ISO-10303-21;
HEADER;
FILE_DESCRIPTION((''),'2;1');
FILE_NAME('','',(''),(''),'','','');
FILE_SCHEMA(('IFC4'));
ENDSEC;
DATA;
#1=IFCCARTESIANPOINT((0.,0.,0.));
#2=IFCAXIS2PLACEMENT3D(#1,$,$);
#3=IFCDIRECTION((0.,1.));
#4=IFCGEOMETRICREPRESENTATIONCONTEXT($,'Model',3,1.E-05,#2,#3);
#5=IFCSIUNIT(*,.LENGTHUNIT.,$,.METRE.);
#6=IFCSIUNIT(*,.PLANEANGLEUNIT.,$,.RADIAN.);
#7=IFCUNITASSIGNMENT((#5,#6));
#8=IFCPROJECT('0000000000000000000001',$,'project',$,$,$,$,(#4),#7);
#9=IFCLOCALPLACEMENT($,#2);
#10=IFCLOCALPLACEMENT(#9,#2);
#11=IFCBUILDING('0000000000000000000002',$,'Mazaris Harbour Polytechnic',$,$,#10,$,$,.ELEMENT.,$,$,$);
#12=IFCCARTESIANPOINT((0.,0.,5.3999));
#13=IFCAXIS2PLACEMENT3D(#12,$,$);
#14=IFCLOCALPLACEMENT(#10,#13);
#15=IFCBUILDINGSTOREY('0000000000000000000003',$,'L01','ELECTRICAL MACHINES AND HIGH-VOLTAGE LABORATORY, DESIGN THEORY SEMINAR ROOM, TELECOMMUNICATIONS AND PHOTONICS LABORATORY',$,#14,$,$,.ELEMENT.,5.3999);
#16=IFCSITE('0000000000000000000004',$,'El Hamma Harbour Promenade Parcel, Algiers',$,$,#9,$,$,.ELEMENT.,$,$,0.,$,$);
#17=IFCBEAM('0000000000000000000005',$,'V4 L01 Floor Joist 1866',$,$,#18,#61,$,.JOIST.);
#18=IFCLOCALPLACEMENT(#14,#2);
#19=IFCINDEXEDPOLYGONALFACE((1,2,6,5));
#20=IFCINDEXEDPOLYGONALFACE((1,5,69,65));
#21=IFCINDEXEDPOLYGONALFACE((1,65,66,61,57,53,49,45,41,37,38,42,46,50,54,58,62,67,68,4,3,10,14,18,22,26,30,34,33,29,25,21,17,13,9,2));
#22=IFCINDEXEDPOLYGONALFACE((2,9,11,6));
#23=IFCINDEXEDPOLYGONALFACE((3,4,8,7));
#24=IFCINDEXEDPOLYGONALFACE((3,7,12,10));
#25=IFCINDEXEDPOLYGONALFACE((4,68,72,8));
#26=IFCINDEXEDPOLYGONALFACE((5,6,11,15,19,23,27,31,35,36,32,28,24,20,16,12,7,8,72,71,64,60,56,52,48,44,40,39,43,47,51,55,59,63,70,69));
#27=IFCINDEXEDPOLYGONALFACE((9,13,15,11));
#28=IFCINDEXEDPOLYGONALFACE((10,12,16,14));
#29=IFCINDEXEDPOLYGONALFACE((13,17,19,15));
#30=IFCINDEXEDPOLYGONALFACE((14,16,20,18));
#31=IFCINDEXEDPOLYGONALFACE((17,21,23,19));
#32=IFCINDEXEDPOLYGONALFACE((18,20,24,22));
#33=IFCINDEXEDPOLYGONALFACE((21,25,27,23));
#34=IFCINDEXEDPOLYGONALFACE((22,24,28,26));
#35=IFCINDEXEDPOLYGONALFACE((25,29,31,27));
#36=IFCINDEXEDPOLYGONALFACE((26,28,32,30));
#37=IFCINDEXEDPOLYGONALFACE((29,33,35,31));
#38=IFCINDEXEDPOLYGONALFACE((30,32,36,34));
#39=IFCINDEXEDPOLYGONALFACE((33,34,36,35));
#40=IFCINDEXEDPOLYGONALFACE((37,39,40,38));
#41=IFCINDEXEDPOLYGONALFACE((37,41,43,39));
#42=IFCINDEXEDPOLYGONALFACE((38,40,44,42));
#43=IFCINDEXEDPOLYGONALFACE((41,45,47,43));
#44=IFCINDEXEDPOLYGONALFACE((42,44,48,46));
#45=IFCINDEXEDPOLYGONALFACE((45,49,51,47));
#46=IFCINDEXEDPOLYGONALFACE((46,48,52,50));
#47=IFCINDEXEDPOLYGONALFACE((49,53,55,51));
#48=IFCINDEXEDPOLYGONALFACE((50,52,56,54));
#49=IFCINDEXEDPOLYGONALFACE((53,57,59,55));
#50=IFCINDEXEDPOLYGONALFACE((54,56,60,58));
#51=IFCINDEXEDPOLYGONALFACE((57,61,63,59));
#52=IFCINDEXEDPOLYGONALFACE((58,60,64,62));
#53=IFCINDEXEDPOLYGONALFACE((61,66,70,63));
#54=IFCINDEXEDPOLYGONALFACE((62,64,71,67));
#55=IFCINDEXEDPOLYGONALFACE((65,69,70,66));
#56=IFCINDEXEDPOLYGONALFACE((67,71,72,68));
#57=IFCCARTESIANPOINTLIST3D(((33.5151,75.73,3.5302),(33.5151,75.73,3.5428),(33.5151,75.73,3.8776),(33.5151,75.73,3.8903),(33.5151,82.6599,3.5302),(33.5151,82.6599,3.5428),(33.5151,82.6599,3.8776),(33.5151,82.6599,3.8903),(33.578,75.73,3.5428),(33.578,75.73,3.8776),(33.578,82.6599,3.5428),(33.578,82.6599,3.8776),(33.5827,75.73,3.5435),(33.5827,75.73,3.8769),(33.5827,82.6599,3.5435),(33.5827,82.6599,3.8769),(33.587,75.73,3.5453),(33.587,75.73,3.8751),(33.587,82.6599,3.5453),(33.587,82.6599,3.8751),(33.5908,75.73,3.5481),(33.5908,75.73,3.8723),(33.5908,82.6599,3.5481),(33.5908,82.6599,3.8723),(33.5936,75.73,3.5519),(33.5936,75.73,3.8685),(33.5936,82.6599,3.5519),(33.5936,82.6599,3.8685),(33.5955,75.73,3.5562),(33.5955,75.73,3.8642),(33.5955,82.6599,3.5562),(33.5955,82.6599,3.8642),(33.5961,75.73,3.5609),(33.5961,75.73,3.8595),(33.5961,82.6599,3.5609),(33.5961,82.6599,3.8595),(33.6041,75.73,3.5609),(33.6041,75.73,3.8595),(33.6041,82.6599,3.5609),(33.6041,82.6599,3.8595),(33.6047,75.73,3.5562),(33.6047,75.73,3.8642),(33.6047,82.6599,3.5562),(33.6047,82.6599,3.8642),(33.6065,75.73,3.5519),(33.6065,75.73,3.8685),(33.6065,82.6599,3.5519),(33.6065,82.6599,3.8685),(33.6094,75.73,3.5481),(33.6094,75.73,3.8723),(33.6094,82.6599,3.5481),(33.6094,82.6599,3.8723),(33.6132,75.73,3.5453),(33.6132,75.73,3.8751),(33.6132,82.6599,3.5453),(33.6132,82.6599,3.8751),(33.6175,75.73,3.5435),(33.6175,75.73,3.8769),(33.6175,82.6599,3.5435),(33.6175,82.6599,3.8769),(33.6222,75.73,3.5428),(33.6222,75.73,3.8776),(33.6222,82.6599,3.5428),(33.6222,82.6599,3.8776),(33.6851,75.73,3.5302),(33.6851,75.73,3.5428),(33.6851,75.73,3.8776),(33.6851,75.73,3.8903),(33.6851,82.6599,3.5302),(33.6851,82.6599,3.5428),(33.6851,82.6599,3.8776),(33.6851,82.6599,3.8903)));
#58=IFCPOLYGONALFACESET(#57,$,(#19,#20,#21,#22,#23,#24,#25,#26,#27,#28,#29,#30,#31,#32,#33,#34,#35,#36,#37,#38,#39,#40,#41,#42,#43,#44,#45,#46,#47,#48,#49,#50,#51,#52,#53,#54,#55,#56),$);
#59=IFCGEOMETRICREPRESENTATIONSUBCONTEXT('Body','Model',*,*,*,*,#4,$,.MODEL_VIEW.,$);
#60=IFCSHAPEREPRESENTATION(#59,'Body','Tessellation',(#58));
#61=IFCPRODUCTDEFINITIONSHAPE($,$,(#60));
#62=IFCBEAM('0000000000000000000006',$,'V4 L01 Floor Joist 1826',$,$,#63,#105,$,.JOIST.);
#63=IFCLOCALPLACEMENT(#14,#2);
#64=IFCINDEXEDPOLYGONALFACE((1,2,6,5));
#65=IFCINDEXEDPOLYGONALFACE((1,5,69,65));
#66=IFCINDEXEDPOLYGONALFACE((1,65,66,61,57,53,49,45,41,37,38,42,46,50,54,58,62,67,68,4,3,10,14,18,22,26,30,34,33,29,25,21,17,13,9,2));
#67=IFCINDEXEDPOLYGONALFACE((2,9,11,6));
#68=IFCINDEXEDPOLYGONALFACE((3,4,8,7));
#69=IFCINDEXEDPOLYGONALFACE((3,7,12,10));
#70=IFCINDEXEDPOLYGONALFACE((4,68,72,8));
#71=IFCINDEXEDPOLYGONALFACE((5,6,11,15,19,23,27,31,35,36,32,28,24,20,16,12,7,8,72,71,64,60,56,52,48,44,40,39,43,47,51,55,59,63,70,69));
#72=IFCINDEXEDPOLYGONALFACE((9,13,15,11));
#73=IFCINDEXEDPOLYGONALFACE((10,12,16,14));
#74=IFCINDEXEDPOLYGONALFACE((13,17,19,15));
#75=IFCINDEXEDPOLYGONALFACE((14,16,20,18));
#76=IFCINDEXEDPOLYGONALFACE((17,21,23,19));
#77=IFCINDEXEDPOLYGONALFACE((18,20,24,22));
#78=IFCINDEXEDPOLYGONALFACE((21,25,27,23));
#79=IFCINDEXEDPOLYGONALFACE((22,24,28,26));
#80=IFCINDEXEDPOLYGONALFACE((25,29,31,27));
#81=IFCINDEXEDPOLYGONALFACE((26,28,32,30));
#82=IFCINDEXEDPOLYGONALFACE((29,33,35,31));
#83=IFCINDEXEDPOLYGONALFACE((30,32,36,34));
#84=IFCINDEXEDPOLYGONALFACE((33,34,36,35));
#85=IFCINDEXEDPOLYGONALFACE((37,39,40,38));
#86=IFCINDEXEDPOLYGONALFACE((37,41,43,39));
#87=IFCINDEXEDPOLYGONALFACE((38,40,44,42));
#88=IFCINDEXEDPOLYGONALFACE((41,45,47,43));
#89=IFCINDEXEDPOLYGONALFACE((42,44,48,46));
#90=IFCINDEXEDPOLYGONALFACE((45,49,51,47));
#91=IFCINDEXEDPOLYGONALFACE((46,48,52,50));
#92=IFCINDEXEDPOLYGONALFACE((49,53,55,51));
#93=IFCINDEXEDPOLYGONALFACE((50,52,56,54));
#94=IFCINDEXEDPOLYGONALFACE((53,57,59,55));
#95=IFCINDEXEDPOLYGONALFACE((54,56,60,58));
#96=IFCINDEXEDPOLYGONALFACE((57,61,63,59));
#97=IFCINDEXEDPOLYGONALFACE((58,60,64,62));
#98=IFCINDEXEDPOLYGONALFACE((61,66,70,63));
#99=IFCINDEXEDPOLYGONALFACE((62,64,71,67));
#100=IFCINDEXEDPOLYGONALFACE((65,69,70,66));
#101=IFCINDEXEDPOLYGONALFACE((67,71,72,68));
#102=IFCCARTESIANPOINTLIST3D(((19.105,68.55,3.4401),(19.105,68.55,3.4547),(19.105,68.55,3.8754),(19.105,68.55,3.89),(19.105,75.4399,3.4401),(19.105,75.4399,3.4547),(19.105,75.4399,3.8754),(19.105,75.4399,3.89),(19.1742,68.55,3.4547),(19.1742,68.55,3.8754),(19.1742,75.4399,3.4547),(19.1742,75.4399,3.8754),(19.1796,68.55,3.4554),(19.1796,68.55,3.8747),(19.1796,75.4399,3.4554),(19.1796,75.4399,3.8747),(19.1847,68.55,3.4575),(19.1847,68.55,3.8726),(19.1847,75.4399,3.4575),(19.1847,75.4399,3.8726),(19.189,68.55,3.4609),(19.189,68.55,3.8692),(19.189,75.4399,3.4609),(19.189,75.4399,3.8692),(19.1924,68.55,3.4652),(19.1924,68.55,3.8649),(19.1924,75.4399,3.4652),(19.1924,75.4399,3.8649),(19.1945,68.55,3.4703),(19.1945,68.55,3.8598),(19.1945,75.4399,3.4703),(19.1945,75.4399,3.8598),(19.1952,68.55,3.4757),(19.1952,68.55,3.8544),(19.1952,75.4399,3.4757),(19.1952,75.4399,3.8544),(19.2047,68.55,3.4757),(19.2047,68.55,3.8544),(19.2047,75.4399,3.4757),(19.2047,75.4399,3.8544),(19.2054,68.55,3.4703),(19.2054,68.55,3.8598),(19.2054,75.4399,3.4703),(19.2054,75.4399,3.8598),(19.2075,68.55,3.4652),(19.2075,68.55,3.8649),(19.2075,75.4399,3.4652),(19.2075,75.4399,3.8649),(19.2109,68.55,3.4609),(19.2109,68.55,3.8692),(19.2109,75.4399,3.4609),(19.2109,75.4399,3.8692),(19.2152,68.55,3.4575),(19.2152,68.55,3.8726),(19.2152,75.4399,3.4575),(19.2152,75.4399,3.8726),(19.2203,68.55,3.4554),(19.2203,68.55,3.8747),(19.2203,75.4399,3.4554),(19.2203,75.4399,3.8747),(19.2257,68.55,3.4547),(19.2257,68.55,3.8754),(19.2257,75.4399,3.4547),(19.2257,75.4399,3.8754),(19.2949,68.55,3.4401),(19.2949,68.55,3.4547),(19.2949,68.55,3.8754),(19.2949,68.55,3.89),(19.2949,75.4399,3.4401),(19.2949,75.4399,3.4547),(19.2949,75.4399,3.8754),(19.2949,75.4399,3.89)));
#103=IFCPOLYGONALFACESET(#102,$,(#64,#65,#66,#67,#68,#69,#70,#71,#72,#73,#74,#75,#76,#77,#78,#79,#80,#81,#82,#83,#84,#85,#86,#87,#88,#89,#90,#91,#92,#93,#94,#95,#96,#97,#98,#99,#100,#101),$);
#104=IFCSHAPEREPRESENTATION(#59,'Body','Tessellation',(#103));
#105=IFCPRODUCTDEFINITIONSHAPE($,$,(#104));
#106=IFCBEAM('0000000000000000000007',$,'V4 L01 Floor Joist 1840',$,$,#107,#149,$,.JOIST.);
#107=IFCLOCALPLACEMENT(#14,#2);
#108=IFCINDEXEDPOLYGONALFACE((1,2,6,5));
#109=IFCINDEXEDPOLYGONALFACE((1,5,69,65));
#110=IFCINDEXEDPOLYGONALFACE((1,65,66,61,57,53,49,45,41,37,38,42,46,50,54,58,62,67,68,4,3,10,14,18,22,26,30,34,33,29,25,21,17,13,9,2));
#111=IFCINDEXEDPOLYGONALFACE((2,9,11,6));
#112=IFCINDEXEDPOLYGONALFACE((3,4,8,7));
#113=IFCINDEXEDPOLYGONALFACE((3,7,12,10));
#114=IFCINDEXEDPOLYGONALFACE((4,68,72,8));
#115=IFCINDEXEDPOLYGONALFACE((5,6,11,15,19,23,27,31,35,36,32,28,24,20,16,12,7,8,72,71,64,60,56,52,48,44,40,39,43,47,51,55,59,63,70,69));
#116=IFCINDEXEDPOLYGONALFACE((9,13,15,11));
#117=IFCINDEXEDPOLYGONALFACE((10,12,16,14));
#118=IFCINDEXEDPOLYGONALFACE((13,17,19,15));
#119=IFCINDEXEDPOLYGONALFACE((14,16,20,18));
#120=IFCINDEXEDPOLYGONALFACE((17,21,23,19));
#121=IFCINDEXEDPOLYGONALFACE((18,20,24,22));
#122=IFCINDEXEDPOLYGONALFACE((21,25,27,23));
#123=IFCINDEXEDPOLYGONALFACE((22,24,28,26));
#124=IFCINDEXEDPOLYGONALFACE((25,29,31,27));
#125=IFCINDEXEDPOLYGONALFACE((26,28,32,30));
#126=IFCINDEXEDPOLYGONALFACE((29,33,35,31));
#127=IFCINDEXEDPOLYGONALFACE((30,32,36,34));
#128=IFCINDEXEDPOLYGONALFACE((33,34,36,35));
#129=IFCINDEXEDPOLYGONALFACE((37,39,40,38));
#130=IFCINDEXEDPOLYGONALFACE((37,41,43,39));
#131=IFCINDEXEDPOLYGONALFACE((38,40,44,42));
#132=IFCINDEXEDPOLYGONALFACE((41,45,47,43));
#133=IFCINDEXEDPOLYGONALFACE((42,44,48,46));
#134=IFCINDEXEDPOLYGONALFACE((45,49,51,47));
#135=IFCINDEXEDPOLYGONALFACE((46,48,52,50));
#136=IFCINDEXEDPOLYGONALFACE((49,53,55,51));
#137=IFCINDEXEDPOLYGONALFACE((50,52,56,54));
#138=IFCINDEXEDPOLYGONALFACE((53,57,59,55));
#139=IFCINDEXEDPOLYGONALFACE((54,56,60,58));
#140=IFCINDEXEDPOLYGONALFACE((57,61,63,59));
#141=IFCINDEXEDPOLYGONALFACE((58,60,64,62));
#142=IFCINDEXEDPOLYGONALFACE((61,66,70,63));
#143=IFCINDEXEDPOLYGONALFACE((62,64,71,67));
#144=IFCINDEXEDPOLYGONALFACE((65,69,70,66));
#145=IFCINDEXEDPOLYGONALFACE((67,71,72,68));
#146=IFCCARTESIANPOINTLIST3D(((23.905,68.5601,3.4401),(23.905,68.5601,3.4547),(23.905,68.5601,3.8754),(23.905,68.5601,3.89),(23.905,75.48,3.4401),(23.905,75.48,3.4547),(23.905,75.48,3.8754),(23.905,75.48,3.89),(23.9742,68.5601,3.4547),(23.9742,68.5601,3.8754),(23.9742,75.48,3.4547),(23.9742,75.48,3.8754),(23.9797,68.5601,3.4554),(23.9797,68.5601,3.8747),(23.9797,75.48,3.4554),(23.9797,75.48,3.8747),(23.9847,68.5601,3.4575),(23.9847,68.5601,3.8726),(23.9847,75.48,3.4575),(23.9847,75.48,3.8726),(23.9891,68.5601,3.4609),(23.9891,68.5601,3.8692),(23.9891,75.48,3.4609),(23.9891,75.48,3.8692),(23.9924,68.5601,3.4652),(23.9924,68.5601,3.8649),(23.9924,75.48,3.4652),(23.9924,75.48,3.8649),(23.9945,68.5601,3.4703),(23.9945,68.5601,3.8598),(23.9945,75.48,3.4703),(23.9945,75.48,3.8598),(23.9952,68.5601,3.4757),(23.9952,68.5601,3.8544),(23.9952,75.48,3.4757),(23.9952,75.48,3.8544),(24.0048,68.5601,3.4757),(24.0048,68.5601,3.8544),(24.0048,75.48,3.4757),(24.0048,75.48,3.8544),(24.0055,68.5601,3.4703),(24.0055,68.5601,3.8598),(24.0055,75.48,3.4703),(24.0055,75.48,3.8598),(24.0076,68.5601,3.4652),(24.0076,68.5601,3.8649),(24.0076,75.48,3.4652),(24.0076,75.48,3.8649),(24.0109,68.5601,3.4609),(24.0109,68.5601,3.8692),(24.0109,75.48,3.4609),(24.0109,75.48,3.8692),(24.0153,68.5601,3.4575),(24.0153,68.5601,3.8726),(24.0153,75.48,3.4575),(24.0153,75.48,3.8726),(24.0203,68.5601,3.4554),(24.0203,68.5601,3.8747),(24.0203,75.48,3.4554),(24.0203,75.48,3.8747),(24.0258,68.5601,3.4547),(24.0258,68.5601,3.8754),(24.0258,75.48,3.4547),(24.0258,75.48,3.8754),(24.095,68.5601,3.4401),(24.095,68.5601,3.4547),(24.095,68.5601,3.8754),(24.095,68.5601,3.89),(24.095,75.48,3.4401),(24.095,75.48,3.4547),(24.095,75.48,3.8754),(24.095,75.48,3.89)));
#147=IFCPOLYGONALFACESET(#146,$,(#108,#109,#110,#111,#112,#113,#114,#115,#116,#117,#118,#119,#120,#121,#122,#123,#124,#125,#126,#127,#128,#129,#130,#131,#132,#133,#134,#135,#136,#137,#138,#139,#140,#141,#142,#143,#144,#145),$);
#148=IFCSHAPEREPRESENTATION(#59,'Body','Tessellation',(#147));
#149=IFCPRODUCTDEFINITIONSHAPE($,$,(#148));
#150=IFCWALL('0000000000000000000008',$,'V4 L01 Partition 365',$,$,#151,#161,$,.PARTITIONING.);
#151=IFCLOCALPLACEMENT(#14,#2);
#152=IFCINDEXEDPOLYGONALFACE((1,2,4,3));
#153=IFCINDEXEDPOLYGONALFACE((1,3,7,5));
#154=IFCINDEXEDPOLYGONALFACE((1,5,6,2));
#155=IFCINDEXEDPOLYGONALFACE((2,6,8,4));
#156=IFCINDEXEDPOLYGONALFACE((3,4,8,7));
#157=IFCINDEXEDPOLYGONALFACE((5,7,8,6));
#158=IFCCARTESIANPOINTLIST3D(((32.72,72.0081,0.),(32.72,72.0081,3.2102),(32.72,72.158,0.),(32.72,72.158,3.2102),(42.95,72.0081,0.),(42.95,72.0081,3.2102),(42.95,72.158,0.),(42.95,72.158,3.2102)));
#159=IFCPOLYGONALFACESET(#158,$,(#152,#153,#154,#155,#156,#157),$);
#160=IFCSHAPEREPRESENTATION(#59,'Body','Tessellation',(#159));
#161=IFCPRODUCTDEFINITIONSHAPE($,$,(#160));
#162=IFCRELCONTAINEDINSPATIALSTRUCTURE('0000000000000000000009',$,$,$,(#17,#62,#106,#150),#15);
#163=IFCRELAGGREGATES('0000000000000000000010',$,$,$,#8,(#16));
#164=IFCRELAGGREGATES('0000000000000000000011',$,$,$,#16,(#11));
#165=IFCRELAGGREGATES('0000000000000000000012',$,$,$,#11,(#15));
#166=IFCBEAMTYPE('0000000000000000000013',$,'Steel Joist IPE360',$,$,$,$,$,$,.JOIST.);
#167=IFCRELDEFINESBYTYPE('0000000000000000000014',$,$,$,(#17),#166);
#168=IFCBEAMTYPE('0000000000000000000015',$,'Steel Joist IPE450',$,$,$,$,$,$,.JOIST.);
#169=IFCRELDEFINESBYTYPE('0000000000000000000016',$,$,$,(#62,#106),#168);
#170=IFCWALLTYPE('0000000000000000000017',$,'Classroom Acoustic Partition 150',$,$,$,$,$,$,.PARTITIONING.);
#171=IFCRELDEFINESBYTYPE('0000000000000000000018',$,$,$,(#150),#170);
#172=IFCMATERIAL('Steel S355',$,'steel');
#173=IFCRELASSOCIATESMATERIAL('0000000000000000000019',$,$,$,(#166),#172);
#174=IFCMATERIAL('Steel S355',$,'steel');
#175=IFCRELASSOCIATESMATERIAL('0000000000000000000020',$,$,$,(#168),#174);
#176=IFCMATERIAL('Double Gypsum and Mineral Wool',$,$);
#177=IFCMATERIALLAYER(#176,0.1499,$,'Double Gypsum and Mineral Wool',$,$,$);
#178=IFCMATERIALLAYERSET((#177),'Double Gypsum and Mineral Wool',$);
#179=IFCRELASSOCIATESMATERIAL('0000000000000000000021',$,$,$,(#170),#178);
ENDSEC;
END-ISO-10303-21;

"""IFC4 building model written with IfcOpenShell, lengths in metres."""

from ifc_helpers import new_model, si_unit, direction, frame, frame_2d, origin, origin_2d, place, context, subcontext, project, spatial, rectangle, i_section, extrude, material, layer, layer_set, material_profile, profile_set, type_object, element, save


model = new_model("IFC4")

# Units and contexts
model_context = context("Model", 3, precision=1e-05, world=origin(), true_north=direction((0.0, 1.0)))
body_context = subcontext(model_context, "Body", "Model", "MODEL_VIEW")
ifc_project = project(units=[si_unit("LENGTHUNIT", "METRE"), si_unit("PLANEANGLEUNIT", "RADIAN")], contexts=[model_context])

# Site, building, storey
site_placement = place(None, origin())
site = spatial("IfcSite", under=ifc_project, at=site_placement, Name="El Hamma Harbour Promenade Parcel, Algiers", CompositionType="ELEMENT", RefElevation=0.0)
building_placement = place(site_placement, origin())
building = spatial("IfcBuilding", under=site, at=building_placement, Name="Mazaris Harbour Polytechnic", CompositionType="ELEMENT")
storey_placement = place(building_placement, frame((0.0, 0.0, 5.3999)))
storey = spatial("IfcBuildingStorey", under=building, at=storey_placement, Name="L01", Description="ELECTRICAL MACHINES AND HIGH-VOLTAGE LABORATORY, DESIGN THEORY SEMINAR ROOM, TELECOMMUNICATIONS AND PHOTONICS LABORATORY", CompositionType="ELEMENT", Elevation=5.3999)

# Beams
ifc_material_1 = material(Name="Steel S355", Category="steel")
ifc_material_profile_1 = material_profile(ifc_material_1, i_section(OverallWidth=0.1699, OverallDepth=0.3601, WebThickness=0.0081, FlangeThickness=0.0127, FilletRadius=0.0181, at=origin_2d()), Name="IPE 360")
ifc_profile_set_1 = profile_set([ifc_material_profile_1], Name="Steel S355")
beam_type_1 = type_object("IfcBeamType", Name="Steel Joist IPE360", PredefinedType="JOIST", material=ifc_profile_set_1)
beam_1_placement = place(storey_placement, frame((33.6001, 75.73, 3.7102), z_axis=(0.0, 1.0, 0.0), x_axis=(-1.0, 0.0, 0.0)))
element("IfcBeam", 1, at=beam_1_placement, inside=storey, type_object=beam_type_1, Name="V4 L01 Floor Joist 1866", PredefinedType="JOIST", context=body_context, shape_type="SweptSolid", body=[
    extrude(i_section(OverallWidth=0.1699, OverallDepth=0.3601, WebThickness=0.0081, FlangeThickness=0.0127, FilletRadius=0.0181, at=origin_2d()), origin(), (0.0, 0.0, 1.0), 6.9299),
])
ifc_material_2 = material(Name="Steel S355", Category="steel")
ifc_material_profile_2 = material_profile(ifc_material_2, i_section(OverallWidth=0.1899, OverallDepth=0.45, WebThickness=0.0095, FlangeThickness=0.0146, FilletRadius=0.021, at=origin_2d()), Name="IPE 450")
ifc_profile_set_2 = profile_set([ifc_material_profile_2], Name="Steel S355")
beam_type_2 = type_object("IfcBeamType", Name="Steel Joist IPE450", PredefinedType="JOIST", material=ifc_profile_set_2)
beam_2_placement = place(storey_placement, frame((19.2, 68.55, 3.665), z_axis=(0.0, 1.0, 0.0), x_axis=(-1.0, 0.0, 0.0)))
element("IfcBeam", 2, at=beam_2_placement, inside=storey, type_object=beam_type_2, Name="V4 L01 Floor Joist 1826", PredefinedType="JOIST", context=body_context, shape_type="SweptSolid", body=[
    extrude(i_section(OverallWidth=0.1899, OverallDepth=0.45, WebThickness=0.0095, FlangeThickness=0.0146, FilletRadius=0.021, at=origin_2d()), origin(), (0.0, 0.0, 1.0), 6.8899),
])
beam_3_placement = place(storey_placement, frame((24.0, 68.5601, 3.665), z_axis=(0.0, 1.0, 0.0), x_axis=(-1.0, 0.0, 0.0)))
element("IfcBeam", 3, at=beam_3_placement, inside=storey, type_object=beam_type_2, Name="V4 L01 Floor Joist 1840", PredefinedType="JOIST", context=body_context, shape_type="SweptSolid", body=[
    extrude(i_section(OverallWidth=0.1899, OverallDepth=0.45, WebThickness=0.0095, FlangeThickness=0.0146, FilletRadius=0.021, at=origin_2d()), origin(), (0.0, 0.0, 1.0), 6.9199),
])

# Wall
ifc_material_3 = material(Name="Double Gypsum and Mineral Wool")
ifc_layer_1 = layer(ifc_material_3, 0.1499, Name="Double Gypsum and Mineral Wool")
ifc_layer_set_1 = layer_set([ifc_layer_1], Name="Double Gypsum and Mineral Wool")
wall_type_1 = type_object("IfcWallType", Name="Classroom Acoustic Partition 150", PredefinedType="PARTITIONING", material=ifc_layer_set_1)
wall_1_placement = place(storey_placement, frame((32.72, 72.083, 0.0), z_axis=(0.0, 0.0, 1.0), x_axis=(1.0, 0.0, 0.0)))
element("IfcWall", 4, at=wall_1_placement, inside=storey, type_object=wall_type_1, Name="V4 L01 Partition 365", PredefinedType="PARTITIONING", context=body_context, shape_type="SweptSolid", body=[
    extrude(rectangle(XDim=10.23, YDim=0.1499, at=frame_2d((5.115, 0.0))), origin(), (0.0, 0.0, 1.0), 3.2102),
])

save(model, "model.ifc")
